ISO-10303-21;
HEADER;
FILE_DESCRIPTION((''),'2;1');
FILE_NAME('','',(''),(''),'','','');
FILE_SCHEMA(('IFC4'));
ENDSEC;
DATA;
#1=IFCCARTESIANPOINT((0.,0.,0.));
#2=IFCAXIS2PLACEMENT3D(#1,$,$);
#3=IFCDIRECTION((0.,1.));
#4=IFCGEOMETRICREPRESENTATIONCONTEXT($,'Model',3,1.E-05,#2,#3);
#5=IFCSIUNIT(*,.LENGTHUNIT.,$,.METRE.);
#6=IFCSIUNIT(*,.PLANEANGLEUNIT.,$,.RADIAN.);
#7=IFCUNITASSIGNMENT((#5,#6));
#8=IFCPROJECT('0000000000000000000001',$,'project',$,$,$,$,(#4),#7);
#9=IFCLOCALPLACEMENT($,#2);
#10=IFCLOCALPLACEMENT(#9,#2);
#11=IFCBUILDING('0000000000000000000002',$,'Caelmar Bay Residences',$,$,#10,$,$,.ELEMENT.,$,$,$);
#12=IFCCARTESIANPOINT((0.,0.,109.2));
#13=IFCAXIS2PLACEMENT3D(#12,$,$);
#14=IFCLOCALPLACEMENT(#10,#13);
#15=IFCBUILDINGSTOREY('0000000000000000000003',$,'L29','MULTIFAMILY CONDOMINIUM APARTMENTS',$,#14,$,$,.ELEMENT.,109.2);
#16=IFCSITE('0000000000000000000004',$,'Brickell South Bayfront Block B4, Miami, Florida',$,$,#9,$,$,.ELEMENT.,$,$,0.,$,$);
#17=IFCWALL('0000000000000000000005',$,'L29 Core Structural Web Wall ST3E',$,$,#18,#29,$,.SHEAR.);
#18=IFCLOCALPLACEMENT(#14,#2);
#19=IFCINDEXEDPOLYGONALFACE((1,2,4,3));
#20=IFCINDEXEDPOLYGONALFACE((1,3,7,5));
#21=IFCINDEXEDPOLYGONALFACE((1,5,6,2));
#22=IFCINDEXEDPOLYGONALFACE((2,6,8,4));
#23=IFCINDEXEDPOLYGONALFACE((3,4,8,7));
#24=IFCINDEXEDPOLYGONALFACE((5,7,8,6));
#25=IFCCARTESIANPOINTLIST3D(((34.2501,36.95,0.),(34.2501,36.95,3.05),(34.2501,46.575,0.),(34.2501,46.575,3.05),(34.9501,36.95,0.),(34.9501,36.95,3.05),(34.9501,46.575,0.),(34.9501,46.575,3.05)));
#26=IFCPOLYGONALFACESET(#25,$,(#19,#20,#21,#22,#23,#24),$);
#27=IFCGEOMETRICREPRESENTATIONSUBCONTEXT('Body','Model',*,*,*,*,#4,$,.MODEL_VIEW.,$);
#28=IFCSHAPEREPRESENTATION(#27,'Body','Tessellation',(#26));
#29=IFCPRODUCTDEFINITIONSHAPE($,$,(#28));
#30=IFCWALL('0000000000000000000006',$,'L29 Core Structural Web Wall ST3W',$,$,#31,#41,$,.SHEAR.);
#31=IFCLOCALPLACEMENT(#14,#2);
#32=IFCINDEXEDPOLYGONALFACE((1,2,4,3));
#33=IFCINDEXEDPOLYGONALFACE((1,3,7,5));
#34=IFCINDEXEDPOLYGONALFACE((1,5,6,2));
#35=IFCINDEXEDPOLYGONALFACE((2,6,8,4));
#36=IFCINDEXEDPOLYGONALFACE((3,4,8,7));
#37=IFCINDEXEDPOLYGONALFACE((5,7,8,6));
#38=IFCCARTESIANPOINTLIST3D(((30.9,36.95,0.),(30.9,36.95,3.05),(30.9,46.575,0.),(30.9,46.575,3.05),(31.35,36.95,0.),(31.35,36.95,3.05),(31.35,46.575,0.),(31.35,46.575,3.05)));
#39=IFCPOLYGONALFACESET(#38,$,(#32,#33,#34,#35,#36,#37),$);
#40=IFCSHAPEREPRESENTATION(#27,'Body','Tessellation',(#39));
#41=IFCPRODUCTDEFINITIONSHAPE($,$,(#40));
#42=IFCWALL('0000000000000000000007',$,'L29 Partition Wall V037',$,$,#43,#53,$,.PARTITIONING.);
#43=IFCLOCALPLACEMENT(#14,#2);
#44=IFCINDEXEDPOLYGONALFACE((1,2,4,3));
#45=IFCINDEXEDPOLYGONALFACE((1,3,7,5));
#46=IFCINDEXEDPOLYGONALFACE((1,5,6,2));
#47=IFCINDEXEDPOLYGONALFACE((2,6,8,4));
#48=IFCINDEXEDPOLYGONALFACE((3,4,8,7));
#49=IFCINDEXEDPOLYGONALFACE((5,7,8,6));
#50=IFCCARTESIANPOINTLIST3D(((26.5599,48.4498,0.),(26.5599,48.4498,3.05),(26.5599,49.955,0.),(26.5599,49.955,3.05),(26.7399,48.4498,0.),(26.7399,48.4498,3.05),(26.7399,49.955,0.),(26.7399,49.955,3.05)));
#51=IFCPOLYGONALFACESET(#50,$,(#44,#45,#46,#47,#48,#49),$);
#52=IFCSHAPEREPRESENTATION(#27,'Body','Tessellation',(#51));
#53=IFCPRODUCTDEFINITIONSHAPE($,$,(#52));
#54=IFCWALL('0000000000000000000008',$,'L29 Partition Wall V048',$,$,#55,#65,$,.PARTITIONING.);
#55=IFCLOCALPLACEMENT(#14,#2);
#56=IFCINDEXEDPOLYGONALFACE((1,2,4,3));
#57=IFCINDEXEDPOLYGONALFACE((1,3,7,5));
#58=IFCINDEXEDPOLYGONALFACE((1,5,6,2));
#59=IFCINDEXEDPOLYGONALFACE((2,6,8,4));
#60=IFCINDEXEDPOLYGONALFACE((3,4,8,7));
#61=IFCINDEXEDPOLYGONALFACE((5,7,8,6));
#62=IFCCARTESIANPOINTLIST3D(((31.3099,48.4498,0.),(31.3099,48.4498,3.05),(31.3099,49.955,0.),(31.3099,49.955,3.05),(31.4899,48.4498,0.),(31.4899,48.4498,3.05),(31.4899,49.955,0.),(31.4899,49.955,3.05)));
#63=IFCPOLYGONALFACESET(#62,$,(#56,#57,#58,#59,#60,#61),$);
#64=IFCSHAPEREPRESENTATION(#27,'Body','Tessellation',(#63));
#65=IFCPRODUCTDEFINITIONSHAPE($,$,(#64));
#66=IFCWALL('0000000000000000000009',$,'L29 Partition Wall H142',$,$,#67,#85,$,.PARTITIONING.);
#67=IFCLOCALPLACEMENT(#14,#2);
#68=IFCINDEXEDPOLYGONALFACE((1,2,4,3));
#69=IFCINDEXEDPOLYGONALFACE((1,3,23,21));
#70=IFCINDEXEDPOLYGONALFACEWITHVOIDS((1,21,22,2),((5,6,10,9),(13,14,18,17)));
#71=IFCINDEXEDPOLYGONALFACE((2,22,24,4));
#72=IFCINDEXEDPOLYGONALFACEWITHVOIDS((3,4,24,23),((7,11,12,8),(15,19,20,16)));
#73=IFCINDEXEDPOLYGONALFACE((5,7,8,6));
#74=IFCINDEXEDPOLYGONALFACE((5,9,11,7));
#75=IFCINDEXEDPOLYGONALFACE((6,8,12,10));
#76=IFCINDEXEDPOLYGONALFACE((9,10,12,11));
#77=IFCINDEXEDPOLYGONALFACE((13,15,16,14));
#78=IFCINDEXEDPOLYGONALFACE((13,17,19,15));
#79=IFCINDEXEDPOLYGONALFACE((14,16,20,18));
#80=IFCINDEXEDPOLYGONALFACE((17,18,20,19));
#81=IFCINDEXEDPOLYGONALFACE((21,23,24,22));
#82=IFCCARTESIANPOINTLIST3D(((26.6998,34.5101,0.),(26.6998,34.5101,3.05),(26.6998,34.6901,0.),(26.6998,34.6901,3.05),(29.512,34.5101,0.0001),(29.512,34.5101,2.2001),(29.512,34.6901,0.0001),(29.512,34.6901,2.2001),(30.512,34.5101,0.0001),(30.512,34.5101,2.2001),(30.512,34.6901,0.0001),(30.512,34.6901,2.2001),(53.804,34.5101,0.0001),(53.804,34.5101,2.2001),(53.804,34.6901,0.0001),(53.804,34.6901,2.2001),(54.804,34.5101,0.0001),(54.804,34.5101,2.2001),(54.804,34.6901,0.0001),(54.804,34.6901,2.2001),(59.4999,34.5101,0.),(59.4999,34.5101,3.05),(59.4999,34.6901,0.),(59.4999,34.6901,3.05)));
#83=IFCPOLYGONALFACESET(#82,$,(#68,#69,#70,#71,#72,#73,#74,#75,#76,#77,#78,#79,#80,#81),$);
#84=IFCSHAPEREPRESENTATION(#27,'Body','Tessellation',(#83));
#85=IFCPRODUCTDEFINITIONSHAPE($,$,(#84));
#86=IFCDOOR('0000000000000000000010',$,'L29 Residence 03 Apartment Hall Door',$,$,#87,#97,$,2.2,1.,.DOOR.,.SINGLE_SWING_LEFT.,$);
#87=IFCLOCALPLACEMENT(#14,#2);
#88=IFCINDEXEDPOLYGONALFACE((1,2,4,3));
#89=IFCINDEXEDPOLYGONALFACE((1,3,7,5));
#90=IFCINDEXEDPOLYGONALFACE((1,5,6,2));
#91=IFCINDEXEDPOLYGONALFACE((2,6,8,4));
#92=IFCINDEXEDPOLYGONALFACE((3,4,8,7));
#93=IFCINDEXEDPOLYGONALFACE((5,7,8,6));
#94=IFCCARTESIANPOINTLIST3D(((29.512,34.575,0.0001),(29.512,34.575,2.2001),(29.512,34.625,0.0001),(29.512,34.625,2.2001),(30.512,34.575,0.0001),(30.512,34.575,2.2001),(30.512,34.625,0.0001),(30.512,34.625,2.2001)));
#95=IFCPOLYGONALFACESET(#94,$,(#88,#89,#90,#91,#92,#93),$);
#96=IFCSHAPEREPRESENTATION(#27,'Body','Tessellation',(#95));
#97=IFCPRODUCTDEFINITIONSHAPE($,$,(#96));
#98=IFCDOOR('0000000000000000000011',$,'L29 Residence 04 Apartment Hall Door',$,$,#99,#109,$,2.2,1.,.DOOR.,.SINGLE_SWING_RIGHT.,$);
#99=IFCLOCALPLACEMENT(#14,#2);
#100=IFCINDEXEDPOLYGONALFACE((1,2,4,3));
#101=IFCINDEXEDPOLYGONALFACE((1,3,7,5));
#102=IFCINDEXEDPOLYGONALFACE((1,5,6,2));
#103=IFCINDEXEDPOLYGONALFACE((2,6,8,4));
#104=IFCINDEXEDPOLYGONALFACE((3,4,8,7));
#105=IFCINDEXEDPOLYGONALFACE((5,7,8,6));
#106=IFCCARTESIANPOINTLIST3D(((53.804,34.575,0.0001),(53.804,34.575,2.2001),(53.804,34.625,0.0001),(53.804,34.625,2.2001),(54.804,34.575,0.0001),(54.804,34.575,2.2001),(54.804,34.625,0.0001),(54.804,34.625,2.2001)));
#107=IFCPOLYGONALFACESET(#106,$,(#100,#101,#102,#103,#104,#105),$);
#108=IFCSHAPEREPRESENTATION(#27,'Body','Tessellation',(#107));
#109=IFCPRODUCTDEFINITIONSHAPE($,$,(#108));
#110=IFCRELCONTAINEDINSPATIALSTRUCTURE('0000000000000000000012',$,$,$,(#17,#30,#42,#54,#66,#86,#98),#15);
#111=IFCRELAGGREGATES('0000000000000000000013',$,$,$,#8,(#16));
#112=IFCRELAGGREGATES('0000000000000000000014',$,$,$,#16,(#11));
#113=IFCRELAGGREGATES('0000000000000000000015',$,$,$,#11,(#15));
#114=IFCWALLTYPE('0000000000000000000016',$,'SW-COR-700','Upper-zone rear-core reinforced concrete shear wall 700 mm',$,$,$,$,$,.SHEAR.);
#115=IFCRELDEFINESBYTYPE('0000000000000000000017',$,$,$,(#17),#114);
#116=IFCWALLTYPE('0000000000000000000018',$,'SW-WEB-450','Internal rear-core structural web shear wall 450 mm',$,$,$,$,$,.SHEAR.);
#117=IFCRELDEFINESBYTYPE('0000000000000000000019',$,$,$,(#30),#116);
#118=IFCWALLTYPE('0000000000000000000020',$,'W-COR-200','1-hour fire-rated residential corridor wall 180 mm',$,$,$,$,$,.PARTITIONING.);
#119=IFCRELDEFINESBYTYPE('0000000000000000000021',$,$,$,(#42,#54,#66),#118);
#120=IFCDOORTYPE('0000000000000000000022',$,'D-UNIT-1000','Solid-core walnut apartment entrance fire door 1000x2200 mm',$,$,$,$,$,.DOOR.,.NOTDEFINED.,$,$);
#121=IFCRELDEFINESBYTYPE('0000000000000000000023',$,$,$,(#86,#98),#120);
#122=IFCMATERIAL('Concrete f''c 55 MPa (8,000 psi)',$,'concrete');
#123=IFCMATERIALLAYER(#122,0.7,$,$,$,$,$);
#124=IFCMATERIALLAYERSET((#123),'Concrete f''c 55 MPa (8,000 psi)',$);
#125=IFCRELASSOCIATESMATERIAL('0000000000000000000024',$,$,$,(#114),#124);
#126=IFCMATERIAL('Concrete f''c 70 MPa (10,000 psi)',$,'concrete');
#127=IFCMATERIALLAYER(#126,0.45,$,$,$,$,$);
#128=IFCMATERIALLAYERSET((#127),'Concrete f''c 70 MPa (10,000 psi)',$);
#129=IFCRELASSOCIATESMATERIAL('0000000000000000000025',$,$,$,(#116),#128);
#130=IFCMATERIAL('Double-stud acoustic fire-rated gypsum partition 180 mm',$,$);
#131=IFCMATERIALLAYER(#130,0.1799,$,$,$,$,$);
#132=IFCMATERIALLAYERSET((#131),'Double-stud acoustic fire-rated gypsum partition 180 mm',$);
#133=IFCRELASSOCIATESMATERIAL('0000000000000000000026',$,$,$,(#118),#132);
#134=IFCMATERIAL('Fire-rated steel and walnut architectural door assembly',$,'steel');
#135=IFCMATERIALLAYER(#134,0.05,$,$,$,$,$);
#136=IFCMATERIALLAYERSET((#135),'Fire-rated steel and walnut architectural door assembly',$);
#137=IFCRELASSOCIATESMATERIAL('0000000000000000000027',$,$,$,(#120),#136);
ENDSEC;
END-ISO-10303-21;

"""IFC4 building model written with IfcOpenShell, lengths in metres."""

from ifc_helpers import new_model, si_unit, direction, frame, frame_2d, origin, place, context, subcontext, project, spatial, rectangle, extrude, material, layer, layer_set, type_object, element, fill, save


model = new_model("IFC4")

# Units and contexts
model_context = context("Model", 3, precision=1e-05, world=origin(), true_north=direction((0.0, 1.0)))
body_context = subcontext(model_context, "Body", "Model", "MODEL_VIEW")
ifc_project = project(units=[si_unit("LENGTHUNIT", "METRE"), si_unit("PLANEANGLEUNIT", "RADIAN")], contexts=[model_context])

# Site, building, storey
site_placement = place(None, origin())
site = spatial("IfcSite", under=ifc_project, at=site_placement, Name="Brickell South Bayfront Block B4, Miami, Florida", CompositionType="ELEMENT", RefElevation=0.0)
building_placement = place(site_placement, origin())
building = spatial("IfcBuilding", under=site, at=building_placement, Name="Caelmar Bay Residences", CompositionType="ELEMENT")
storey_placement = place(building_placement, frame((0.0, 0.0, 109.2)))
storey = spatial("IfcBuildingStorey", under=building, at=storey_placement, Name="L29", Description="MULTIFAMILY CONDOMINIUM APARTMENTS", CompositionType="ELEMENT", Elevation=109.2)

# Walls
ifc_material_1 = material(Name="Concrete f'c 55 MPa (8,000 psi)", Category="concrete")
ifc_layer_1 = layer(ifc_material_1, 0.7)
ifc_layer_set_1 = layer_set([ifc_layer_1], Name="Concrete f'c 55 MPa (8,000 psi)")
wall_type_1 = type_object("IfcWallType", Name="SW-COR-700", Description="Upper-zone rear-core reinforced concrete shear wall 700 mm", PredefinedType="SHEAR", material=ifc_layer_set_1)
wall_1_placement = place(storey_placement, frame((34.6001, 36.95, 0.0), z_axis=(0.0, 0.0, 1.0), x_axis=(0.0, 1.0, 0.0)))
element("IfcWall", 1, at=wall_1_placement, inside=storey, type_object=wall_type_1, Name="L29 Core Structural Web Wall ST3E", PredefinedType="SHEAR", context=body_context, shape_type="SweptSolid", body=[
    extrude(rectangle(XDim=9.625, YDim=0.7, at=frame_2d((4.8125, 0.0))), origin(), (0.0, 0.0, 1.0), 3.05),
])
ifc_material_2 = material(Name="Concrete f'c 70 MPa (10,000 psi)", Category="concrete")
ifc_layer_2 = layer(ifc_material_2, 0.45)
ifc_layer_set_2 = layer_set([ifc_layer_2], Name="Concrete f'c 70 MPa (10,000 psi)")
wall_type_2 = type_object("IfcWallType", Name="SW-WEB-450", Description="Internal rear-core structural web shear wall 450 mm", PredefinedType="SHEAR", material=ifc_layer_set_2)
wall_2_placement = place(storey_placement, frame((31.125, 36.95, 0.0), z_axis=(0.0, 0.0, 1.0), x_axis=(0.0, 1.0, 0.0)))
element("IfcWall", 2, at=wall_2_placement, inside=storey, type_object=wall_type_2, Name="L29 Core Structural Web Wall ST3W", PredefinedType="SHEAR", context=body_context, shape_type="SweptSolid", body=[
    extrude(rectangle(XDim=9.625, YDim=0.45, at=frame_2d((4.8125, 0.0))), origin(), (0.0, 0.0, 1.0), 3.05),
])
ifc_material_3 = material(Name="Double-stud acoustic fire-rated gypsum partition 180 mm")
ifc_layer_3 = layer(ifc_material_3, 0.1799)
ifc_layer_set_3 = layer_set([ifc_layer_3], Name="Double-stud acoustic fire-rated gypsum partition 180 mm")
wall_type_3 = type_object("IfcWallType", Name="W-COR-200", Description="1-hour fire-rated residential corridor wall 180 mm", PredefinedType="PARTITIONING", material=ifc_layer_set_3)
for number, where, z_axis, x_axis, name in (
    (3, (26.6499, 48.45, 0.0), (0.0, 0.0, 1.0), (0.0, 1.0, 0.0), "L29 Partition Wall V037"),
    (4, (31.3999, 48.45, 0.0), (0.0, 0.0, 1.0), (0.0, 1.0, 0.0), "L29 Partition Wall V048"),
):
    element("IfcWall", number, at=place(storey_placement, frame(where, z_axis=z_axis, x_axis=x_axis)), inside=storey, type_object=wall_type_3, Name=name, PredefinedType="PARTITIONING", context=body_context, shape_type="SweptSolid", body=[
        extrude(rectangle(XDim=1.5051, YDim=0.1799, at=frame_2d((0.7524, 0.0))), origin(), (0.0, 0.0, 1.0), 3.05),
    ])

# Wall, openings, doors
wall_3_placement = place(storey_placement, frame((26.7, 34.6001, 0.0), z_axis=(0.0, 0.0, 1.0), x_axis=(1.0, 0.0, 0.0)))
wall_3 = element("IfcWall", 5, at=wall_3_placement, inside=storey, type_object=wall_type_3, Name="L29 Partition Wall H142", PredefinedType="PARTITIONING", context=body_context, shape_type="SweptSolid", body=[
    extrude(rectangle(XDim=32.8, YDim=0.1799, at=frame_2d((16.3999, 0.0))), origin(), (0.0, 0.0, 1.0), 3.05),
])
opening_1_placement = place(wall_3_placement, frame((2.812, 0.0, 0.0)))
opening_1 = element("IfcOpeningElement", 6, at=opening_1_placement, cuts=wall_3, PredefinedType="OPENING", context=body_context, shape_type="SweptSolid", body=[
    extrude(rectangle(XDim=1.0, YDim=2.2, at=frame_2d((0.5, 1.1001))), frame((0.0, 0.0999, 0.0), z_axis=(0.0, -1.0, 0.0), x_axis=(1.0, 0.0, 0.0)), (0.0, 0.0, 1.0), 0.2),
])
opening_2_placement = place(wall_3_placement, frame((27.104, 0.0, 0.0)))
opening_2 = element("IfcOpeningElement", 7, at=opening_2_placement, cuts=wall_3, PredefinedType="OPENING", context=body_context, shape_type="SweptSolid", body=[
    extrude(rectangle(XDim=1.0, YDim=2.2, at=frame_2d((0.5, 1.1001))), frame((0.0, 0.0999, 0.0), z_axis=(0.0, -1.0, 0.0), x_axis=(1.0, 0.0, 0.0)), (0.0, 0.0, 1.0), 0.2),
])
ifc_material_4 = material(Name="Fire-rated steel and walnut architectural door assembly", Category="steel")
ifc_layer_4 = layer(ifc_material_4, 0.05)
ifc_layer_set_4 = layer_set([ifc_layer_4], Name="Fire-rated steel and walnut architectural door assembly")
door_type_1 = type_object("IfcDoorType", Name="D-UNIT-1000", Description="Solid-core walnut apartment entrance fire door 1000x2200 mm", OperationType="NOTDEFINED", PredefinedType="DOOR", material=ifc_layer_set_4)
door_1_placement = place(opening_1_placement, origin())
door_1 = element("IfcDoor", 8, at=door_1_placement, inside=storey, type_object=door_type_1, Name="L29 Residence 03 Apartment Hall Door", OperationType="SINGLE_SWING_LEFT", OverallHeight=2.2, OverallWidth=1.0, PredefinedType="DOOR", context=body_context, shape_type="SweptSolid", body=[
    extrude(rectangle(XDim=1.0, YDim=2.2, at=frame_2d((0.5, 1.1001))), frame((0.0, 0.0249, 0.0), z_axis=(0.0, -1.0, 0.0), x_axis=(1.0, 0.0, 0.0)), (0.0, 0.0, 1.0), 0.05),
])
fill(opening_1, door_1)
door_2_placement = place(opening_2_placement, origin())
door_2 = element("IfcDoor", 9, at=door_2_placement, inside=storey, type_object=door_type_1, Name="L29 Residence 04 Apartment Hall Door", OperationType="SINGLE_SWING_RIGHT", OverallHeight=2.2, OverallWidth=1.0, PredefinedType="DOOR", context=body_context, shape_type="SweptSolid", body=[
    extrude(rectangle(XDim=1.0, YDim=2.2, at=frame_2d((0.5, 1.1001))), frame((0.0, 0.0249, 0.0), z_axis=(0.0, -1.0, 0.0), x_axis=(1.0, 0.0, 0.0)), (0.0, 0.0, 1.0), 0.05),
])
fill(opening_2, door_2)

save(model, "model.ifc")
